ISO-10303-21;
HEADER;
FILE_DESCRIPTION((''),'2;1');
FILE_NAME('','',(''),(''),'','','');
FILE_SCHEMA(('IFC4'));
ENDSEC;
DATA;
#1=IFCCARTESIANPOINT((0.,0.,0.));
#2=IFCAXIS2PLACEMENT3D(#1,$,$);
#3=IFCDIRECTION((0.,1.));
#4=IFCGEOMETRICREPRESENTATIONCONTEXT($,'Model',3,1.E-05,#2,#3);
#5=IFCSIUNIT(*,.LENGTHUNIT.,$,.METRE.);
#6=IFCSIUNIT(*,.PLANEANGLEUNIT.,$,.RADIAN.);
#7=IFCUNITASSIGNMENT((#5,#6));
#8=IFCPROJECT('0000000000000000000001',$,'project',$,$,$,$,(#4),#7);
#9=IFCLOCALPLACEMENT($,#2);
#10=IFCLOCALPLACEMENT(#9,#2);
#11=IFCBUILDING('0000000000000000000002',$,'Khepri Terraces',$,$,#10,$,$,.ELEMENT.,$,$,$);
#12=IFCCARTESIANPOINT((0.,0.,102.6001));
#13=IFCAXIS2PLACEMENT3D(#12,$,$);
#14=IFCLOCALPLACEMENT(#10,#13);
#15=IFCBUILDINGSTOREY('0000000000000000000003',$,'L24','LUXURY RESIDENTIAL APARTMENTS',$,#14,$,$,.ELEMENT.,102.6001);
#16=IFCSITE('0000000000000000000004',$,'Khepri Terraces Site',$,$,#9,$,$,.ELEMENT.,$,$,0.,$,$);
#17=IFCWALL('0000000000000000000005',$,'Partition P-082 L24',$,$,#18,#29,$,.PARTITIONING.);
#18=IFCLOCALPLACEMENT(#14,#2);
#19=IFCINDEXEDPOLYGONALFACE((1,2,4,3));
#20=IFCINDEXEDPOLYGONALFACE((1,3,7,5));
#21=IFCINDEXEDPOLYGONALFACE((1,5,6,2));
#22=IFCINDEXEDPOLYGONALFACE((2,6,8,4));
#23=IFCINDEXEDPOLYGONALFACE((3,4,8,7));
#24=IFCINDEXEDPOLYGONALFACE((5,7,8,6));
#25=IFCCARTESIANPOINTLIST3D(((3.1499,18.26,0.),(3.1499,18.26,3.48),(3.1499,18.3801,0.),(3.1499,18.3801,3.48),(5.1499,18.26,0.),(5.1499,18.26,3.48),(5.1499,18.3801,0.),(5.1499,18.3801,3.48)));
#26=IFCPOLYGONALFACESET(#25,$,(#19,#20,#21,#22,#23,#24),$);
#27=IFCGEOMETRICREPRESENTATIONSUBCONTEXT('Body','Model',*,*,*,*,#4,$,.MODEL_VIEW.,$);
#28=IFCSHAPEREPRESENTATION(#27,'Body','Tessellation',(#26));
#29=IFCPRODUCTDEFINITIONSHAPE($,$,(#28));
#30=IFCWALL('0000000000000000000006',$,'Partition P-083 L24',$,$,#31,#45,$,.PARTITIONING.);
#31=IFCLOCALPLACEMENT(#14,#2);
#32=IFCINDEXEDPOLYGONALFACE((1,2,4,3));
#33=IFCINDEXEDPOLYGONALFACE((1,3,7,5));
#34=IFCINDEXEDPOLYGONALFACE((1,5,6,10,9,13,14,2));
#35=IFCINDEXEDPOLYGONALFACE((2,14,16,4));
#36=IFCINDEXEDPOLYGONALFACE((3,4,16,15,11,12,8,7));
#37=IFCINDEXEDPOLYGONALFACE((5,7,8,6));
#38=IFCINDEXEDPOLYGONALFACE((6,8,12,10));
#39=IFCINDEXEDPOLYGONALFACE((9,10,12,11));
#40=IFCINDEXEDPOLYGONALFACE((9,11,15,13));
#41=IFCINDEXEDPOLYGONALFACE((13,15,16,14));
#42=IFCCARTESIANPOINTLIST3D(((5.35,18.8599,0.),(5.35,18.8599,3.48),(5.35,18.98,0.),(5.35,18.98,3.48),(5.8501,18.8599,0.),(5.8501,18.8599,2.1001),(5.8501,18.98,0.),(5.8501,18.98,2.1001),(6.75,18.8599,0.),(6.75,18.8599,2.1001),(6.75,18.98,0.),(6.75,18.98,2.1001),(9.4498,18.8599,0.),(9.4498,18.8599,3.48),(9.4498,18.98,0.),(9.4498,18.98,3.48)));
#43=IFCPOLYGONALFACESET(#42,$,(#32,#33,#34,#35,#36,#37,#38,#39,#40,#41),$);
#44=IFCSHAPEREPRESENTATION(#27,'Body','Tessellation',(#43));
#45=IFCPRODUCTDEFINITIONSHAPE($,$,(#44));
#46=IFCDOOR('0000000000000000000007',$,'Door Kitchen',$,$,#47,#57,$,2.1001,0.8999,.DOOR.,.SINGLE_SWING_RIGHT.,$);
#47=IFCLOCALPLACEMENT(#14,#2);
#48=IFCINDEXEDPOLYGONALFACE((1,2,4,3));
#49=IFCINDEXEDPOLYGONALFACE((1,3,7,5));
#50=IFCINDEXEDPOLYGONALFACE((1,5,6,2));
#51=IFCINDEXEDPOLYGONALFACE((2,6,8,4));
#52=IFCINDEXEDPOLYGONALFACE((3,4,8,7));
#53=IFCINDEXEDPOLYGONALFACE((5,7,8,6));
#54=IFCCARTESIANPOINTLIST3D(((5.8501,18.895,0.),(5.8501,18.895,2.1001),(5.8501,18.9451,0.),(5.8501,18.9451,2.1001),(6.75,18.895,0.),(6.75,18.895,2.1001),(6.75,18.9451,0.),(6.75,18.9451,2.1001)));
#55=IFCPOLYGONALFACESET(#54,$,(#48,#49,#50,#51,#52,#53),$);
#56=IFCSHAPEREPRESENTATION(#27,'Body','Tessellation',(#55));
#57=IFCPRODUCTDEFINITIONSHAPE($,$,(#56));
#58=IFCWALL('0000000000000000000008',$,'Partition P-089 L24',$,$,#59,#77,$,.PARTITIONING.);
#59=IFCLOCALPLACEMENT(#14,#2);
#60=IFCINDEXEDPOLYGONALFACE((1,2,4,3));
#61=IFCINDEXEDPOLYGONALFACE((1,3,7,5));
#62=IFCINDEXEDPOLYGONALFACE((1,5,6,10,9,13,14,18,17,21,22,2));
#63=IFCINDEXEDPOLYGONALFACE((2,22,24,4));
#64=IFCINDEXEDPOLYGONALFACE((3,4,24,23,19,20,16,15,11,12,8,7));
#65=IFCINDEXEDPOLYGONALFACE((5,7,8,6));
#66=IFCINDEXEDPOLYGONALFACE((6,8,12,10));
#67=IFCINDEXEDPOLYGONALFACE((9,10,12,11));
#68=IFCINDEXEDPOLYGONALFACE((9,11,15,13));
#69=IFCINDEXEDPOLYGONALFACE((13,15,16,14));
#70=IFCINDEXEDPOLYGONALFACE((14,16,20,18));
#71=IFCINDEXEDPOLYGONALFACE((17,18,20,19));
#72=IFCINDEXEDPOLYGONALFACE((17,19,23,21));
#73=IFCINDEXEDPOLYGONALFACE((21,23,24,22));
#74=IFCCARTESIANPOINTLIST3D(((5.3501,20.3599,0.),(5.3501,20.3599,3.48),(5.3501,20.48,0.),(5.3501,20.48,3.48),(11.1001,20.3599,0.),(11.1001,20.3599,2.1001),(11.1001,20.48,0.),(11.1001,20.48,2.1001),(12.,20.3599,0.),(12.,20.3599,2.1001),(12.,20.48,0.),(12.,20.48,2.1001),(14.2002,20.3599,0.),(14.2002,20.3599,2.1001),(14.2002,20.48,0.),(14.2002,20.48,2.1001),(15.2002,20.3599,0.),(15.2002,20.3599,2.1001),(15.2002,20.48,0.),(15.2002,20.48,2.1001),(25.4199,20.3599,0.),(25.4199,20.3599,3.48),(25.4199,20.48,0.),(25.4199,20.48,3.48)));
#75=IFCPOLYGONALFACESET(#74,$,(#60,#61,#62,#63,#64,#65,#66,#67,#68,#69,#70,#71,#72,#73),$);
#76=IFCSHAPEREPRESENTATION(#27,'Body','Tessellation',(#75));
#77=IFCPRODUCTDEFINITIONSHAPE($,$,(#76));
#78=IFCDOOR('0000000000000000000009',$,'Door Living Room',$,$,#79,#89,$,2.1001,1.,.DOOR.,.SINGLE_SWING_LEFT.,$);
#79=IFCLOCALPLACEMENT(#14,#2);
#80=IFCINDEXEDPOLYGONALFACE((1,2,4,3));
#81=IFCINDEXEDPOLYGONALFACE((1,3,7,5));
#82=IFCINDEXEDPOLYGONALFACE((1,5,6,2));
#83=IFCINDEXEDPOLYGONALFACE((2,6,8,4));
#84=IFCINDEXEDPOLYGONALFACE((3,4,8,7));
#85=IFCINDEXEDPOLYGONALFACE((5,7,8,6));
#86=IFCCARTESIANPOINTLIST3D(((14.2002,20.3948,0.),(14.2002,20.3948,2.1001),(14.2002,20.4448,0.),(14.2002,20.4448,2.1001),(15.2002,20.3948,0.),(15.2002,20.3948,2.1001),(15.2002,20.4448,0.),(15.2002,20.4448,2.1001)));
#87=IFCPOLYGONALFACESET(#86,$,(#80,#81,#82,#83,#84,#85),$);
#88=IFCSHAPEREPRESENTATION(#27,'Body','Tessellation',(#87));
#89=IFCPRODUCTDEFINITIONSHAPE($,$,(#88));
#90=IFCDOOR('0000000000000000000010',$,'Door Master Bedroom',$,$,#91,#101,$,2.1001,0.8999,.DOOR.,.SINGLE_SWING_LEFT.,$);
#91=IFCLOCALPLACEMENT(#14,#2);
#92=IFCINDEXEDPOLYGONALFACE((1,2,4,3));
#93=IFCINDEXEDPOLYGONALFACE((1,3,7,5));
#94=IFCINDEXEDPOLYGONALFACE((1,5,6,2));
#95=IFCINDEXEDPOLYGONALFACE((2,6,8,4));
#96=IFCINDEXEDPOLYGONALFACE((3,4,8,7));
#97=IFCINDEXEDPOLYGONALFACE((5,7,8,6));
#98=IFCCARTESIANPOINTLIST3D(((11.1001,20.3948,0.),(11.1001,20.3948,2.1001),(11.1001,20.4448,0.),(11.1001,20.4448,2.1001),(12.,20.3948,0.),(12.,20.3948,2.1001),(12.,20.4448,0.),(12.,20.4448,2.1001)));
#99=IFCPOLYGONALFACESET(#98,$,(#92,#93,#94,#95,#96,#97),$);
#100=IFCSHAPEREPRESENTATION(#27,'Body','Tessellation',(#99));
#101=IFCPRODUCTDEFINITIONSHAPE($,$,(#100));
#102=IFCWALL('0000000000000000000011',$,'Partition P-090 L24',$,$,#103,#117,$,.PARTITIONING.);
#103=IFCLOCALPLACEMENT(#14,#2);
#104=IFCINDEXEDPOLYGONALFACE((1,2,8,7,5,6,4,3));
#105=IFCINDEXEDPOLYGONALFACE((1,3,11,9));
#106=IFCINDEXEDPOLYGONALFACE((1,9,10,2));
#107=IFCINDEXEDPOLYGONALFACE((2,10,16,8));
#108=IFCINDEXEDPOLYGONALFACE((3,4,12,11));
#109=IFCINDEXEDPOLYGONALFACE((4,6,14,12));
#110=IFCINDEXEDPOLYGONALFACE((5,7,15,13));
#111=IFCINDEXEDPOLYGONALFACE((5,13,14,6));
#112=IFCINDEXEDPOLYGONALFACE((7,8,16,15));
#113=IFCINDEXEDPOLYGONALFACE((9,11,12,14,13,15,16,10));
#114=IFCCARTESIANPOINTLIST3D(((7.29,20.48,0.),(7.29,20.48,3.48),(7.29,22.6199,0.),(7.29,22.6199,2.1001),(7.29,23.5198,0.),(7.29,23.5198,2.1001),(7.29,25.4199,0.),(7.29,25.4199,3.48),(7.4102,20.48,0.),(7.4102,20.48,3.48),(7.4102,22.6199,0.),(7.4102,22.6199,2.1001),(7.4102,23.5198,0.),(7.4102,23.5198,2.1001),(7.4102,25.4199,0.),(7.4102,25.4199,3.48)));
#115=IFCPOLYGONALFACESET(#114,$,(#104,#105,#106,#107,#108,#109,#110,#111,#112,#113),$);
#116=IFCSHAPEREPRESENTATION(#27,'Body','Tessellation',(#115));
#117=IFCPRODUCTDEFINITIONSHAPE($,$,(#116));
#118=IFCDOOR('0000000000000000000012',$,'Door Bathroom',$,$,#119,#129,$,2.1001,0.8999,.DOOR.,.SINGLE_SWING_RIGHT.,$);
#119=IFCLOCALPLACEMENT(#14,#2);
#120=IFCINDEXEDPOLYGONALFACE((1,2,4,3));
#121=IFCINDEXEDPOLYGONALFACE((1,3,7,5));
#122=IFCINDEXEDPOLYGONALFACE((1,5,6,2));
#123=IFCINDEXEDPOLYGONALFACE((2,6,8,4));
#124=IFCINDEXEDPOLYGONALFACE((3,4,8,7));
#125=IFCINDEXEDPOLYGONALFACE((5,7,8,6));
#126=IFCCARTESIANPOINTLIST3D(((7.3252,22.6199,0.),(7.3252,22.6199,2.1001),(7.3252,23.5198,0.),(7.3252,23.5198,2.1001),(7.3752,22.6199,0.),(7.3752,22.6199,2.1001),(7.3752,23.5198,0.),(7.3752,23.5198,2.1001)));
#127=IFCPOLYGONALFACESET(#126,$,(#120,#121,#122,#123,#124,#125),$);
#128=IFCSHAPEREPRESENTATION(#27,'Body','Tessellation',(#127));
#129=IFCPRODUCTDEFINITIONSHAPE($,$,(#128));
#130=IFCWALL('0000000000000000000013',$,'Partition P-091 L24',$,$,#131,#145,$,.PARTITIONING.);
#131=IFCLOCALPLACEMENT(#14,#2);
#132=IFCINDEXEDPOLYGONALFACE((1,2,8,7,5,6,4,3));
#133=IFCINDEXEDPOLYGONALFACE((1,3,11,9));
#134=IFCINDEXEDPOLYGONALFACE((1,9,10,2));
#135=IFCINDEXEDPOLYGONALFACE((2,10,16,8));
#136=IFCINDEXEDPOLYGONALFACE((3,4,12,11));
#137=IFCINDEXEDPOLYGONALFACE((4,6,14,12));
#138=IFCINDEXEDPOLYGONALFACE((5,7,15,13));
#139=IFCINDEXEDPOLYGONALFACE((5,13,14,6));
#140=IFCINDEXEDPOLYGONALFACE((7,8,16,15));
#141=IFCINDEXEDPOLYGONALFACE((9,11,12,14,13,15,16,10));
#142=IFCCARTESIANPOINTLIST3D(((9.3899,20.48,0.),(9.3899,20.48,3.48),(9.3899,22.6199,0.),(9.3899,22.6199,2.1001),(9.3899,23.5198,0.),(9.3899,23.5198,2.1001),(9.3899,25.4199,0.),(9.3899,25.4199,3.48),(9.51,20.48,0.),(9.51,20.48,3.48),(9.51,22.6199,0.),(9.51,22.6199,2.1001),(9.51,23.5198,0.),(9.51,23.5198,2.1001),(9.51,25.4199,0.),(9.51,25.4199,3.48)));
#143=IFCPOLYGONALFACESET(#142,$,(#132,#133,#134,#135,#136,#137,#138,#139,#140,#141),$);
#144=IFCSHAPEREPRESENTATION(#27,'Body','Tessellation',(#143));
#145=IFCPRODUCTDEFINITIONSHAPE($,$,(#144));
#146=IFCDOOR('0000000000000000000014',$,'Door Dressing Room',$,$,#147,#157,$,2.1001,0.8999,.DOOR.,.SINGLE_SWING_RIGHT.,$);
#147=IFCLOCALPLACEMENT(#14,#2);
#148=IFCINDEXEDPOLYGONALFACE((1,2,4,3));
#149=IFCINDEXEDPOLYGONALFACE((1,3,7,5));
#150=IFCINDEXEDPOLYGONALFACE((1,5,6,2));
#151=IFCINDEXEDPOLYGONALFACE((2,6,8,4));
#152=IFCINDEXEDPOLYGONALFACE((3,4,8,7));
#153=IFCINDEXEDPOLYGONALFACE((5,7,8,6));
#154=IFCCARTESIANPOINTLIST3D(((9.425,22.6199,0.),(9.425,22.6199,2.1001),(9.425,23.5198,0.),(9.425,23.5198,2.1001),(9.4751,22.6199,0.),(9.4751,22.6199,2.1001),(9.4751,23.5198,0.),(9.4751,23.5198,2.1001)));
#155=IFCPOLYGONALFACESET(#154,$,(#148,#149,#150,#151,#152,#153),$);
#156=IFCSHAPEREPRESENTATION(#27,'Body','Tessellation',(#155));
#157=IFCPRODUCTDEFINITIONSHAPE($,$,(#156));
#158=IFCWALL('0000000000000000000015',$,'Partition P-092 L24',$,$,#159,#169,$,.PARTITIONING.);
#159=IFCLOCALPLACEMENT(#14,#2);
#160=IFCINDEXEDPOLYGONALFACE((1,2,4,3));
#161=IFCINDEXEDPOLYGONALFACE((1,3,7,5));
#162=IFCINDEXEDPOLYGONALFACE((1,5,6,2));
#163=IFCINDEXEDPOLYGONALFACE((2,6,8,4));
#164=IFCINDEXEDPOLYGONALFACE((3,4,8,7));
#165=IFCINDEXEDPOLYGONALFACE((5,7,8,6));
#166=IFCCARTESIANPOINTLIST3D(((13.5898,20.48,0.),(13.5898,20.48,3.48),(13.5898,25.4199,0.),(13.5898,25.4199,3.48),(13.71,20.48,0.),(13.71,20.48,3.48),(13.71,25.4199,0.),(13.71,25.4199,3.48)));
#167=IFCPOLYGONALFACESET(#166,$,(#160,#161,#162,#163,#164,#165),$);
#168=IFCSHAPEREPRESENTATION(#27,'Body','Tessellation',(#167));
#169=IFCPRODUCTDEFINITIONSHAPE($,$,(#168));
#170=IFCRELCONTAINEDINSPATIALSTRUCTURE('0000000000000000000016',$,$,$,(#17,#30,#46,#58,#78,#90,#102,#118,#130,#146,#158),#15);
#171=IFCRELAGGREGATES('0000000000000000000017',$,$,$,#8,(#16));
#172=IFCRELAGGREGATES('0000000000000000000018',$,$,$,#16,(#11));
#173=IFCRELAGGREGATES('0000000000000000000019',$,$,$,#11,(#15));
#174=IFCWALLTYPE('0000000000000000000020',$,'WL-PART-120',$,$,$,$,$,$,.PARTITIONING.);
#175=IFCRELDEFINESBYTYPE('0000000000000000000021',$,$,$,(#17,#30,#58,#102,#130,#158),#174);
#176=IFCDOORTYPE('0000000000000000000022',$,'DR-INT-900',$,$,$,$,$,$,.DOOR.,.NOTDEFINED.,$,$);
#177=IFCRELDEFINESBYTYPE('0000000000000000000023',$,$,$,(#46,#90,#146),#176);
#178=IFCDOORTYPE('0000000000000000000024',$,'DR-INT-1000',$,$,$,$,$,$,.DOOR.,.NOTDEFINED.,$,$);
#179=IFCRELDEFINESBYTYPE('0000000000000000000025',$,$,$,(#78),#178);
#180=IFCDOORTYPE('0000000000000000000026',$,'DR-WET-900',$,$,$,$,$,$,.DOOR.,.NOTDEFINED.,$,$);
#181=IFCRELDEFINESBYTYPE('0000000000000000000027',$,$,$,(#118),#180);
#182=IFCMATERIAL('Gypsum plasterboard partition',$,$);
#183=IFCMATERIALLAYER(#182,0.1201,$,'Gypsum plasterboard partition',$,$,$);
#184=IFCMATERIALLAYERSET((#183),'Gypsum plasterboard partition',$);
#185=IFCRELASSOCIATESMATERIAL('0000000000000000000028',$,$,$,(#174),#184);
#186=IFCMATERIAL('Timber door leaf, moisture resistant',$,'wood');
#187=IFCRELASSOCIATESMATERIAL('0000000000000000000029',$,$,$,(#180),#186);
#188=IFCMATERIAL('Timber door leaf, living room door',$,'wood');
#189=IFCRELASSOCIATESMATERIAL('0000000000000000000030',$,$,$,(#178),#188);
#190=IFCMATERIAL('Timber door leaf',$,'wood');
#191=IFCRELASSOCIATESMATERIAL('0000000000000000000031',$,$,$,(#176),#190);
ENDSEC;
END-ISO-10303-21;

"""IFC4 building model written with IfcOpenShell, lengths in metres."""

from ifc_helpers import new_model, si_unit, direction, frame, frame_2d, origin, place, context, subcontext, project, spatial, rectangle, extrude, material, layer, layer_set, type_object, element, fill, save


model = new_model("IFC4")

# Units and contexts
model_context = context("Model", 3, precision=1e-05, world=origin(), true_north=direction((0.0, 1.0)))
body_context = subcontext(model_context, "Body", "Model", "MODEL_VIEW")
ifc_project = project(units=[si_unit("LENGTHUNIT", "METRE"), si_unit("PLANEANGLEUNIT", "RADIAN")], contexts=[model_context])

# Site, building, storey
site_placement = place(None, origin())
site = spatial("IfcSite", under=ifc_project, at=site_placement, Name="Khepri Terraces Site", CompositionType="ELEMENT", RefElevation=0.0)
building_placement = place(site_placement, origin())
building = spatial("IfcBuilding", under=site, at=building_placement, Name="Khepri Terraces", CompositionType="ELEMENT")
storey_placement = place(building_placement, frame((0.0, 0.0, 102.6001)))
storey = spatial("IfcBuildingStorey", under=building, at=storey_placement, Name="L24", Description="LUXURY RESIDENTIAL APARTMENTS", CompositionType="ELEMENT", Elevation=102.6001)

# Shared definitions
ifc_material_1 = material(Name="Gypsum plasterboard partition")
ifc_layer_1 = layer(ifc_material_1, 0.1201, Name="Gypsum plasterboard partition")
ifc_layer_set_1 = layer_set([ifc_layer_1], Name="Gypsum plasterboard partition")
wall_type_1 = type_object("IfcWallType", Name="WL-PART-120", PredefinedType="PARTITIONING", material=ifc_layer_set_1)

# Shared definitions
ifc_material_2 = material(Name="Timber door leaf, moisture resistant", Category="wood")
door_type_1 = type_object("IfcDoorType", Name="DR-WET-900", OperationType="NOTDEFINED", PredefinedType="DOOR", material=ifc_material_2)

# Shared definitions
ifc_material_3 = material(Name="Timber door leaf, living room door", Category="wood")
door_type_2 = type_object("IfcDoorType", Name="DR-INT-1000", OperationType="NOTDEFINED", PredefinedType="DOOR", material=ifc_material_3)

# Wall
wall_1_placement = place(storey_placement, frame((3.1499, 18.3201, 0.0), z_axis=(0.0, 0.0, 1.0), x_axis=(1.0, 0.0, 0.0)))
element("IfcWall", 1, at=wall_1_placement, inside=storey, type_object=wall_type_1, Name="Partition P-082 L24", PredefinedType="PARTITIONING", context=body_context, shape_type="SweptSolid", body=[
    extrude(rectangle(XDim=2.0, YDim=0.1201, at=frame_2d((1.0, 0.0))), origin(), (0.0, 0.0, 1.0), 3.48),
])

# Wall, opening, door
wall_2_placement = place(storey_placement, frame((5.3501, 18.9199, 0.0), z_axis=(0.0, 0.0, 1.0), x_axis=(1.0, 0.0, 0.0)))
wall_2 = element("IfcWall", 2, at=wall_2_placement, inside=storey, type_object=wall_type_1, Name="Partition P-083 L24", PredefinedType="PARTITIONING", context=body_context, shape_type="SweptSolid", body=[
    extrude(rectangle(XDim=4.0999, YDim=0.1201, at=frame_2d((2.0498, 0.0))), origin(), (0.0, 0.0, 1.0), 3.48),
])
opening_1_placement = place(wall_2_placement, frame((0.5, 0.0, 0.0)))
opening_1 = element("IfcOpeningElement", 3, at=opening_1_placement, cuts=wall_2, PredefinedType="OPENING", context=body_context, shape_type="SweptSolid", body=[
    extrude(rectangle(XDim=0.8999, YDim=2.1001, at=frame_2d((0.45, 1.05))), frame((0.0, 0.0701, 0.0), z_axis=(0.0, -1.0, 0.0), x_axis=(1.0, 0.0, 0.0)), (0.0, 0.0, 1.0), 0.1401),
])
ifc_material_4 = material(Name="Timber door leaf", Category="wood")
door_type_3 = type_object("IfcDoorType", Name="DR-INT-900", OperationType="NOTDEFINED", PredefinedType="DOOR", material=ifc_material_4)
door_1_placement = place(opening_1_placement, frame((0.8999, 0.0, 0.0), z_axis=(0.0, 0.0, 1.0), x_axis=(-1.0, 0.0, 0.0)))
door_1 = element("IfcDoor", 4, at=door_1_placement, inside=storey, type_object=door_type_3, Name="Door Kitchen", OperationType="SINGLE_SWING_RIGHT", OverallHeight=2.1001, OverallWidth=0.8999, PredefinedType="DOOR", context=body_context, shape_type="SweptSolid", body=[
    extrude(rectangle(XDim=0.8999, YDim=2.1001, at=frame_2d((0.45, 1.05))), frame((0.0, 0.0249, 0.0), z_axis=(0.0, -1.0, 0.0), x_axis=(1.0, 0.0, 0.0)), (0.0, 0.0, 1.0), 0.05),
])
fill(opening_1, door_1)

# Wall, openings, doors
wall_3_placement = place(storey_placement, frame((5.3501, 20.4199, 0.0), z_axis=(0.0, 0.0, 1.0), x_axis=(1.0, 0.0, 0.0)))
wall_3 = element("IfcWall", 5, at=wall_3_placement, inside=storey, type_object=wall_type_1, Name="Partition P-089 L24", PredefinedType="PARTITIONING", context=body_context, shape_type="SweptSolid", body=[
    extrude(rectangle(XDim=20.0698, YDim=0.1201, at=frame_2d((10.0349, 0.0))), origin(), (0.0, 0.0, 1.0), 3.48),
])
opening_2_placement = place(wall_3_placement, frame((8.8501, 0.0, 0.0)))
opening_2 = element("IfcOpeningElement", 6, at=opening_2_placement, cuts=wall_3, PredefinedType="OPENING", context=body_context, shape_type="SweptSolid", body=[
    extrude(rectangle(XDim=1.0, YDim=2.1001, at=frame_2d((0.5, 1.05))), frame((0.0, 0.0701, 0.0), z_axis=(0.0, -1.0, 0.0), x_axis=(1.0, 0.0, 0.0)), (0.0, 0.0, 1.0), 0.1401),
])
opening_3_placement = place(wall_3_placement, frame((5.75, 0.0, 0.0)))
opening_3 = element("IfcOpeningElement", 7, at=opening_3_placement, cuts=wall_3, PredefinedType="OPENING", context=body_context, shape_type="SweptSolid", body=[
    extrude(rectangle(XDim=0.8999, YDim=2.1001, at=frame_2d((0.45, 1.05))), frame((0.0, 0.0701, 0.0), z_axis=(0.0, -1.0, 0.0), x_axis=(1.0, 0.0, 0.0)), (0.0, 0.0, 1.0), 0.1401),
])
door_2_placement = place(opening_2_placement, origin())
door_2 = element("IfcDoor", 8, at=door_2_placement, inside=storey, type_object=door_type_2, Name="Door Living Room", OperationType="SINGLE_SWING_LEFT", OverallHeight=2.1001, OverallWidth=1.0, PredefinedType="DOOR", context=body_context, shape_type="SweptSolid", body=[
    extrude(rectangle(XDim=1.0, YDim=2.1001, at=frame_2d((0.5, 1.05))), frame((0.0, 0.0249, 0.0), z_axis=(0.0, -1.0, 0.0), x_axis=(1.0, 0.0, 0.0)), (0.0, 0.0, 1.0), 0.05),
])
fill(opening_2, door_2)
door_3_placement = place(opening_3_placement, origin())
door_3 = element("IfcDoor", 9, at=door_3_placement, inside=storey, type_object=door_type_3, Name="Door Master Bedroom", OperationType="SINGLE_SWING_LEFT", OverallHeight=2.1001, OverallWidth=0.8999, PredefinedType="DOOR", context=body_context, shape_type="SweptSolid", body=[
    extrude(rectangle(XDim=0.8999, YDim=2.1001, at=frame_2d((0.45, 1.05))), frame((0.0, 0.0249, 0.0), z_axis=(0.0, -1.0, 0.0), x_axis=(1.0, 0.0, 0.0)), (0.0, 0.0, 1.0), 0.05),
])
fill(opening_3, door_3)

# Walls, openings, doors
wall_4_placement = place(storey_placement, frame((7.3501, 20.48, 0.0), z_axis=(0.0, 0.0, 1.0), x_axis=(0.0, 1.0, 0.0)))
wall_4 = element("IfcWall", 10, at=wall_4_placement, inside=storey, type_object=wall_type_1, Name="Partition P-090 L24", PredefinedType="PARTITIONING", context=body_context, shape_type="SweptSolid", body=[
    extrude(rectangle(XDim=4.9399, YDim=0.1201, at=frame_2d((2.47, 0.0))), origin(), (0.0, 0.0, 1.0), 3.48),
])
opening_4_placement = place(wall_4_placement, frame((2.1399, 0.0, 0.0)))
opening_4 = element("IfcOpeningElement", 11, at=opening_4_placement, cuts=wall_4, PredefinedType="OPENING", context=body_context, shape_type="SweptSolid", body=[
    extrude(rectangle(XDim=0.8999, YDim=2.1001, at=frame_2d((0.45, 1.05))), frame((0.0, 0.0701, 0.0), z_axis=(0.0, -1.0, 0.0), x_axis=(1.0, 0.0, 0.0)), (0.0, 0.0, 1.0), 0.1401),
])
door_4_placement = place(opening_4_placement, origin())
door_4 = element("IfcDoor", 12, at=door_4_placement, inside=storey, type_object=door_type_1, Name="Door Bathroom", OperationType="SINGLE_SWING_RIGHT", OverallHeight=2.1001, OverallWidth=0.8999, PredefinedType="DOOR", context=body_context, shape_type="SweptSolid", body=[
    extrude(rectangle(XDim=0.8999, YDim=2.1001, at=frame_2d((0.45, 1.05))), frame((0.0, 0.0249, 0.0), z_axis=(0.0, -1.0, 0.0), x_axis=(1.0, 0.0, 0.0)), (0.0, 0.0, 1.0), 0.05),
])
fill(opening_4, door_4)
wall_5_placement = place(storey_placement, frame((9.45, 20.48, 0.0), z_axis=(0.0, 0.0, 1.0), x_axis=(0.0, 1.0, 0.0)))
wall_5 = element("IfcWall", 13, at=wall_5_placement, inside=storey, type_object=wall_type_1, Name="Partition P-091 L24", PredefinedType="PARTITIONING", context=body_context, shape_type="SweptSolid", body=[
    extrude(rectangle(XDim=4.9399, YDim=0.1201, at=frame_2d((2.47, 0.0))), origin(), (0.0, 0.0, 1.0), 3.48),
])
opening_5_placement = place(wall_5_placement, frame((2.1399, 0.0, 0.0)))
opening_5 = element("IfcOpeningElement", 14, at=opening_5_placement, cuts=wall_5, PredefinedType="OPENING", context=body_context, shape_type="SweptSolid", body=[
    extrude(rectangle(XDim=0.8999, YDim=2.1001, at=frame_2d((0.45, 1.05))), frame((0.0, 0.0701, 0.0), z_axis=(0.0, -1.0, 0.0), x_axis=(1.0, 0.0, 0.0)), (0.0, 0.0, 1.0), 0.1401),
])
door_5_placement = place(opening_5_placement, origin())
door_5 = element("IfcDoor", 15, at=door_5_placement, inside=storey, type_object=door_type_3, Name="Door Dressing Room", OperationType="SINGLE_SWING_RIGHT", OverallHeight=2.1001, OverallWidth=0.8999, PredefinedType="DOOR", context=body_context, shape_type="SweptSolid", body=[
    extrude(rectangle(XDim=0.8999, YDim=2.1001, at=frame_2d((0.45, 1.05))), frame((0.0, 0.0249, 0.0), z_axis=(0.0, -1.0, 0.0), x_axis=(1.0, 0.0, 0.0)), (0.0, 0.0, 1.0), 0.05),
])
fill(opening_5, door_5)

# Wall
wall_6_placement = place(storey_placement, frame((13.6499, 20.48, 0.0), z_axis=(0.0, 0.0, 1.0), x_axis=(0.0, 1.0, 0.0)))
element("IfcWall", 16, at=wall_6_placement, inside=storey, type_object=wall_type_1, Name="Partition P-092 L24", PredefinedType="PARTITIONING", context=body_context, shape_type="SweptSolid", body=[
    extrude(rectangle(XDim=4.9399, YDim=0.1201, at=frame_2d((2.47, 0.0))), origin(), (0.0, 0.0, 1.0), 3.48),
])

save(model, "model.ifc")
